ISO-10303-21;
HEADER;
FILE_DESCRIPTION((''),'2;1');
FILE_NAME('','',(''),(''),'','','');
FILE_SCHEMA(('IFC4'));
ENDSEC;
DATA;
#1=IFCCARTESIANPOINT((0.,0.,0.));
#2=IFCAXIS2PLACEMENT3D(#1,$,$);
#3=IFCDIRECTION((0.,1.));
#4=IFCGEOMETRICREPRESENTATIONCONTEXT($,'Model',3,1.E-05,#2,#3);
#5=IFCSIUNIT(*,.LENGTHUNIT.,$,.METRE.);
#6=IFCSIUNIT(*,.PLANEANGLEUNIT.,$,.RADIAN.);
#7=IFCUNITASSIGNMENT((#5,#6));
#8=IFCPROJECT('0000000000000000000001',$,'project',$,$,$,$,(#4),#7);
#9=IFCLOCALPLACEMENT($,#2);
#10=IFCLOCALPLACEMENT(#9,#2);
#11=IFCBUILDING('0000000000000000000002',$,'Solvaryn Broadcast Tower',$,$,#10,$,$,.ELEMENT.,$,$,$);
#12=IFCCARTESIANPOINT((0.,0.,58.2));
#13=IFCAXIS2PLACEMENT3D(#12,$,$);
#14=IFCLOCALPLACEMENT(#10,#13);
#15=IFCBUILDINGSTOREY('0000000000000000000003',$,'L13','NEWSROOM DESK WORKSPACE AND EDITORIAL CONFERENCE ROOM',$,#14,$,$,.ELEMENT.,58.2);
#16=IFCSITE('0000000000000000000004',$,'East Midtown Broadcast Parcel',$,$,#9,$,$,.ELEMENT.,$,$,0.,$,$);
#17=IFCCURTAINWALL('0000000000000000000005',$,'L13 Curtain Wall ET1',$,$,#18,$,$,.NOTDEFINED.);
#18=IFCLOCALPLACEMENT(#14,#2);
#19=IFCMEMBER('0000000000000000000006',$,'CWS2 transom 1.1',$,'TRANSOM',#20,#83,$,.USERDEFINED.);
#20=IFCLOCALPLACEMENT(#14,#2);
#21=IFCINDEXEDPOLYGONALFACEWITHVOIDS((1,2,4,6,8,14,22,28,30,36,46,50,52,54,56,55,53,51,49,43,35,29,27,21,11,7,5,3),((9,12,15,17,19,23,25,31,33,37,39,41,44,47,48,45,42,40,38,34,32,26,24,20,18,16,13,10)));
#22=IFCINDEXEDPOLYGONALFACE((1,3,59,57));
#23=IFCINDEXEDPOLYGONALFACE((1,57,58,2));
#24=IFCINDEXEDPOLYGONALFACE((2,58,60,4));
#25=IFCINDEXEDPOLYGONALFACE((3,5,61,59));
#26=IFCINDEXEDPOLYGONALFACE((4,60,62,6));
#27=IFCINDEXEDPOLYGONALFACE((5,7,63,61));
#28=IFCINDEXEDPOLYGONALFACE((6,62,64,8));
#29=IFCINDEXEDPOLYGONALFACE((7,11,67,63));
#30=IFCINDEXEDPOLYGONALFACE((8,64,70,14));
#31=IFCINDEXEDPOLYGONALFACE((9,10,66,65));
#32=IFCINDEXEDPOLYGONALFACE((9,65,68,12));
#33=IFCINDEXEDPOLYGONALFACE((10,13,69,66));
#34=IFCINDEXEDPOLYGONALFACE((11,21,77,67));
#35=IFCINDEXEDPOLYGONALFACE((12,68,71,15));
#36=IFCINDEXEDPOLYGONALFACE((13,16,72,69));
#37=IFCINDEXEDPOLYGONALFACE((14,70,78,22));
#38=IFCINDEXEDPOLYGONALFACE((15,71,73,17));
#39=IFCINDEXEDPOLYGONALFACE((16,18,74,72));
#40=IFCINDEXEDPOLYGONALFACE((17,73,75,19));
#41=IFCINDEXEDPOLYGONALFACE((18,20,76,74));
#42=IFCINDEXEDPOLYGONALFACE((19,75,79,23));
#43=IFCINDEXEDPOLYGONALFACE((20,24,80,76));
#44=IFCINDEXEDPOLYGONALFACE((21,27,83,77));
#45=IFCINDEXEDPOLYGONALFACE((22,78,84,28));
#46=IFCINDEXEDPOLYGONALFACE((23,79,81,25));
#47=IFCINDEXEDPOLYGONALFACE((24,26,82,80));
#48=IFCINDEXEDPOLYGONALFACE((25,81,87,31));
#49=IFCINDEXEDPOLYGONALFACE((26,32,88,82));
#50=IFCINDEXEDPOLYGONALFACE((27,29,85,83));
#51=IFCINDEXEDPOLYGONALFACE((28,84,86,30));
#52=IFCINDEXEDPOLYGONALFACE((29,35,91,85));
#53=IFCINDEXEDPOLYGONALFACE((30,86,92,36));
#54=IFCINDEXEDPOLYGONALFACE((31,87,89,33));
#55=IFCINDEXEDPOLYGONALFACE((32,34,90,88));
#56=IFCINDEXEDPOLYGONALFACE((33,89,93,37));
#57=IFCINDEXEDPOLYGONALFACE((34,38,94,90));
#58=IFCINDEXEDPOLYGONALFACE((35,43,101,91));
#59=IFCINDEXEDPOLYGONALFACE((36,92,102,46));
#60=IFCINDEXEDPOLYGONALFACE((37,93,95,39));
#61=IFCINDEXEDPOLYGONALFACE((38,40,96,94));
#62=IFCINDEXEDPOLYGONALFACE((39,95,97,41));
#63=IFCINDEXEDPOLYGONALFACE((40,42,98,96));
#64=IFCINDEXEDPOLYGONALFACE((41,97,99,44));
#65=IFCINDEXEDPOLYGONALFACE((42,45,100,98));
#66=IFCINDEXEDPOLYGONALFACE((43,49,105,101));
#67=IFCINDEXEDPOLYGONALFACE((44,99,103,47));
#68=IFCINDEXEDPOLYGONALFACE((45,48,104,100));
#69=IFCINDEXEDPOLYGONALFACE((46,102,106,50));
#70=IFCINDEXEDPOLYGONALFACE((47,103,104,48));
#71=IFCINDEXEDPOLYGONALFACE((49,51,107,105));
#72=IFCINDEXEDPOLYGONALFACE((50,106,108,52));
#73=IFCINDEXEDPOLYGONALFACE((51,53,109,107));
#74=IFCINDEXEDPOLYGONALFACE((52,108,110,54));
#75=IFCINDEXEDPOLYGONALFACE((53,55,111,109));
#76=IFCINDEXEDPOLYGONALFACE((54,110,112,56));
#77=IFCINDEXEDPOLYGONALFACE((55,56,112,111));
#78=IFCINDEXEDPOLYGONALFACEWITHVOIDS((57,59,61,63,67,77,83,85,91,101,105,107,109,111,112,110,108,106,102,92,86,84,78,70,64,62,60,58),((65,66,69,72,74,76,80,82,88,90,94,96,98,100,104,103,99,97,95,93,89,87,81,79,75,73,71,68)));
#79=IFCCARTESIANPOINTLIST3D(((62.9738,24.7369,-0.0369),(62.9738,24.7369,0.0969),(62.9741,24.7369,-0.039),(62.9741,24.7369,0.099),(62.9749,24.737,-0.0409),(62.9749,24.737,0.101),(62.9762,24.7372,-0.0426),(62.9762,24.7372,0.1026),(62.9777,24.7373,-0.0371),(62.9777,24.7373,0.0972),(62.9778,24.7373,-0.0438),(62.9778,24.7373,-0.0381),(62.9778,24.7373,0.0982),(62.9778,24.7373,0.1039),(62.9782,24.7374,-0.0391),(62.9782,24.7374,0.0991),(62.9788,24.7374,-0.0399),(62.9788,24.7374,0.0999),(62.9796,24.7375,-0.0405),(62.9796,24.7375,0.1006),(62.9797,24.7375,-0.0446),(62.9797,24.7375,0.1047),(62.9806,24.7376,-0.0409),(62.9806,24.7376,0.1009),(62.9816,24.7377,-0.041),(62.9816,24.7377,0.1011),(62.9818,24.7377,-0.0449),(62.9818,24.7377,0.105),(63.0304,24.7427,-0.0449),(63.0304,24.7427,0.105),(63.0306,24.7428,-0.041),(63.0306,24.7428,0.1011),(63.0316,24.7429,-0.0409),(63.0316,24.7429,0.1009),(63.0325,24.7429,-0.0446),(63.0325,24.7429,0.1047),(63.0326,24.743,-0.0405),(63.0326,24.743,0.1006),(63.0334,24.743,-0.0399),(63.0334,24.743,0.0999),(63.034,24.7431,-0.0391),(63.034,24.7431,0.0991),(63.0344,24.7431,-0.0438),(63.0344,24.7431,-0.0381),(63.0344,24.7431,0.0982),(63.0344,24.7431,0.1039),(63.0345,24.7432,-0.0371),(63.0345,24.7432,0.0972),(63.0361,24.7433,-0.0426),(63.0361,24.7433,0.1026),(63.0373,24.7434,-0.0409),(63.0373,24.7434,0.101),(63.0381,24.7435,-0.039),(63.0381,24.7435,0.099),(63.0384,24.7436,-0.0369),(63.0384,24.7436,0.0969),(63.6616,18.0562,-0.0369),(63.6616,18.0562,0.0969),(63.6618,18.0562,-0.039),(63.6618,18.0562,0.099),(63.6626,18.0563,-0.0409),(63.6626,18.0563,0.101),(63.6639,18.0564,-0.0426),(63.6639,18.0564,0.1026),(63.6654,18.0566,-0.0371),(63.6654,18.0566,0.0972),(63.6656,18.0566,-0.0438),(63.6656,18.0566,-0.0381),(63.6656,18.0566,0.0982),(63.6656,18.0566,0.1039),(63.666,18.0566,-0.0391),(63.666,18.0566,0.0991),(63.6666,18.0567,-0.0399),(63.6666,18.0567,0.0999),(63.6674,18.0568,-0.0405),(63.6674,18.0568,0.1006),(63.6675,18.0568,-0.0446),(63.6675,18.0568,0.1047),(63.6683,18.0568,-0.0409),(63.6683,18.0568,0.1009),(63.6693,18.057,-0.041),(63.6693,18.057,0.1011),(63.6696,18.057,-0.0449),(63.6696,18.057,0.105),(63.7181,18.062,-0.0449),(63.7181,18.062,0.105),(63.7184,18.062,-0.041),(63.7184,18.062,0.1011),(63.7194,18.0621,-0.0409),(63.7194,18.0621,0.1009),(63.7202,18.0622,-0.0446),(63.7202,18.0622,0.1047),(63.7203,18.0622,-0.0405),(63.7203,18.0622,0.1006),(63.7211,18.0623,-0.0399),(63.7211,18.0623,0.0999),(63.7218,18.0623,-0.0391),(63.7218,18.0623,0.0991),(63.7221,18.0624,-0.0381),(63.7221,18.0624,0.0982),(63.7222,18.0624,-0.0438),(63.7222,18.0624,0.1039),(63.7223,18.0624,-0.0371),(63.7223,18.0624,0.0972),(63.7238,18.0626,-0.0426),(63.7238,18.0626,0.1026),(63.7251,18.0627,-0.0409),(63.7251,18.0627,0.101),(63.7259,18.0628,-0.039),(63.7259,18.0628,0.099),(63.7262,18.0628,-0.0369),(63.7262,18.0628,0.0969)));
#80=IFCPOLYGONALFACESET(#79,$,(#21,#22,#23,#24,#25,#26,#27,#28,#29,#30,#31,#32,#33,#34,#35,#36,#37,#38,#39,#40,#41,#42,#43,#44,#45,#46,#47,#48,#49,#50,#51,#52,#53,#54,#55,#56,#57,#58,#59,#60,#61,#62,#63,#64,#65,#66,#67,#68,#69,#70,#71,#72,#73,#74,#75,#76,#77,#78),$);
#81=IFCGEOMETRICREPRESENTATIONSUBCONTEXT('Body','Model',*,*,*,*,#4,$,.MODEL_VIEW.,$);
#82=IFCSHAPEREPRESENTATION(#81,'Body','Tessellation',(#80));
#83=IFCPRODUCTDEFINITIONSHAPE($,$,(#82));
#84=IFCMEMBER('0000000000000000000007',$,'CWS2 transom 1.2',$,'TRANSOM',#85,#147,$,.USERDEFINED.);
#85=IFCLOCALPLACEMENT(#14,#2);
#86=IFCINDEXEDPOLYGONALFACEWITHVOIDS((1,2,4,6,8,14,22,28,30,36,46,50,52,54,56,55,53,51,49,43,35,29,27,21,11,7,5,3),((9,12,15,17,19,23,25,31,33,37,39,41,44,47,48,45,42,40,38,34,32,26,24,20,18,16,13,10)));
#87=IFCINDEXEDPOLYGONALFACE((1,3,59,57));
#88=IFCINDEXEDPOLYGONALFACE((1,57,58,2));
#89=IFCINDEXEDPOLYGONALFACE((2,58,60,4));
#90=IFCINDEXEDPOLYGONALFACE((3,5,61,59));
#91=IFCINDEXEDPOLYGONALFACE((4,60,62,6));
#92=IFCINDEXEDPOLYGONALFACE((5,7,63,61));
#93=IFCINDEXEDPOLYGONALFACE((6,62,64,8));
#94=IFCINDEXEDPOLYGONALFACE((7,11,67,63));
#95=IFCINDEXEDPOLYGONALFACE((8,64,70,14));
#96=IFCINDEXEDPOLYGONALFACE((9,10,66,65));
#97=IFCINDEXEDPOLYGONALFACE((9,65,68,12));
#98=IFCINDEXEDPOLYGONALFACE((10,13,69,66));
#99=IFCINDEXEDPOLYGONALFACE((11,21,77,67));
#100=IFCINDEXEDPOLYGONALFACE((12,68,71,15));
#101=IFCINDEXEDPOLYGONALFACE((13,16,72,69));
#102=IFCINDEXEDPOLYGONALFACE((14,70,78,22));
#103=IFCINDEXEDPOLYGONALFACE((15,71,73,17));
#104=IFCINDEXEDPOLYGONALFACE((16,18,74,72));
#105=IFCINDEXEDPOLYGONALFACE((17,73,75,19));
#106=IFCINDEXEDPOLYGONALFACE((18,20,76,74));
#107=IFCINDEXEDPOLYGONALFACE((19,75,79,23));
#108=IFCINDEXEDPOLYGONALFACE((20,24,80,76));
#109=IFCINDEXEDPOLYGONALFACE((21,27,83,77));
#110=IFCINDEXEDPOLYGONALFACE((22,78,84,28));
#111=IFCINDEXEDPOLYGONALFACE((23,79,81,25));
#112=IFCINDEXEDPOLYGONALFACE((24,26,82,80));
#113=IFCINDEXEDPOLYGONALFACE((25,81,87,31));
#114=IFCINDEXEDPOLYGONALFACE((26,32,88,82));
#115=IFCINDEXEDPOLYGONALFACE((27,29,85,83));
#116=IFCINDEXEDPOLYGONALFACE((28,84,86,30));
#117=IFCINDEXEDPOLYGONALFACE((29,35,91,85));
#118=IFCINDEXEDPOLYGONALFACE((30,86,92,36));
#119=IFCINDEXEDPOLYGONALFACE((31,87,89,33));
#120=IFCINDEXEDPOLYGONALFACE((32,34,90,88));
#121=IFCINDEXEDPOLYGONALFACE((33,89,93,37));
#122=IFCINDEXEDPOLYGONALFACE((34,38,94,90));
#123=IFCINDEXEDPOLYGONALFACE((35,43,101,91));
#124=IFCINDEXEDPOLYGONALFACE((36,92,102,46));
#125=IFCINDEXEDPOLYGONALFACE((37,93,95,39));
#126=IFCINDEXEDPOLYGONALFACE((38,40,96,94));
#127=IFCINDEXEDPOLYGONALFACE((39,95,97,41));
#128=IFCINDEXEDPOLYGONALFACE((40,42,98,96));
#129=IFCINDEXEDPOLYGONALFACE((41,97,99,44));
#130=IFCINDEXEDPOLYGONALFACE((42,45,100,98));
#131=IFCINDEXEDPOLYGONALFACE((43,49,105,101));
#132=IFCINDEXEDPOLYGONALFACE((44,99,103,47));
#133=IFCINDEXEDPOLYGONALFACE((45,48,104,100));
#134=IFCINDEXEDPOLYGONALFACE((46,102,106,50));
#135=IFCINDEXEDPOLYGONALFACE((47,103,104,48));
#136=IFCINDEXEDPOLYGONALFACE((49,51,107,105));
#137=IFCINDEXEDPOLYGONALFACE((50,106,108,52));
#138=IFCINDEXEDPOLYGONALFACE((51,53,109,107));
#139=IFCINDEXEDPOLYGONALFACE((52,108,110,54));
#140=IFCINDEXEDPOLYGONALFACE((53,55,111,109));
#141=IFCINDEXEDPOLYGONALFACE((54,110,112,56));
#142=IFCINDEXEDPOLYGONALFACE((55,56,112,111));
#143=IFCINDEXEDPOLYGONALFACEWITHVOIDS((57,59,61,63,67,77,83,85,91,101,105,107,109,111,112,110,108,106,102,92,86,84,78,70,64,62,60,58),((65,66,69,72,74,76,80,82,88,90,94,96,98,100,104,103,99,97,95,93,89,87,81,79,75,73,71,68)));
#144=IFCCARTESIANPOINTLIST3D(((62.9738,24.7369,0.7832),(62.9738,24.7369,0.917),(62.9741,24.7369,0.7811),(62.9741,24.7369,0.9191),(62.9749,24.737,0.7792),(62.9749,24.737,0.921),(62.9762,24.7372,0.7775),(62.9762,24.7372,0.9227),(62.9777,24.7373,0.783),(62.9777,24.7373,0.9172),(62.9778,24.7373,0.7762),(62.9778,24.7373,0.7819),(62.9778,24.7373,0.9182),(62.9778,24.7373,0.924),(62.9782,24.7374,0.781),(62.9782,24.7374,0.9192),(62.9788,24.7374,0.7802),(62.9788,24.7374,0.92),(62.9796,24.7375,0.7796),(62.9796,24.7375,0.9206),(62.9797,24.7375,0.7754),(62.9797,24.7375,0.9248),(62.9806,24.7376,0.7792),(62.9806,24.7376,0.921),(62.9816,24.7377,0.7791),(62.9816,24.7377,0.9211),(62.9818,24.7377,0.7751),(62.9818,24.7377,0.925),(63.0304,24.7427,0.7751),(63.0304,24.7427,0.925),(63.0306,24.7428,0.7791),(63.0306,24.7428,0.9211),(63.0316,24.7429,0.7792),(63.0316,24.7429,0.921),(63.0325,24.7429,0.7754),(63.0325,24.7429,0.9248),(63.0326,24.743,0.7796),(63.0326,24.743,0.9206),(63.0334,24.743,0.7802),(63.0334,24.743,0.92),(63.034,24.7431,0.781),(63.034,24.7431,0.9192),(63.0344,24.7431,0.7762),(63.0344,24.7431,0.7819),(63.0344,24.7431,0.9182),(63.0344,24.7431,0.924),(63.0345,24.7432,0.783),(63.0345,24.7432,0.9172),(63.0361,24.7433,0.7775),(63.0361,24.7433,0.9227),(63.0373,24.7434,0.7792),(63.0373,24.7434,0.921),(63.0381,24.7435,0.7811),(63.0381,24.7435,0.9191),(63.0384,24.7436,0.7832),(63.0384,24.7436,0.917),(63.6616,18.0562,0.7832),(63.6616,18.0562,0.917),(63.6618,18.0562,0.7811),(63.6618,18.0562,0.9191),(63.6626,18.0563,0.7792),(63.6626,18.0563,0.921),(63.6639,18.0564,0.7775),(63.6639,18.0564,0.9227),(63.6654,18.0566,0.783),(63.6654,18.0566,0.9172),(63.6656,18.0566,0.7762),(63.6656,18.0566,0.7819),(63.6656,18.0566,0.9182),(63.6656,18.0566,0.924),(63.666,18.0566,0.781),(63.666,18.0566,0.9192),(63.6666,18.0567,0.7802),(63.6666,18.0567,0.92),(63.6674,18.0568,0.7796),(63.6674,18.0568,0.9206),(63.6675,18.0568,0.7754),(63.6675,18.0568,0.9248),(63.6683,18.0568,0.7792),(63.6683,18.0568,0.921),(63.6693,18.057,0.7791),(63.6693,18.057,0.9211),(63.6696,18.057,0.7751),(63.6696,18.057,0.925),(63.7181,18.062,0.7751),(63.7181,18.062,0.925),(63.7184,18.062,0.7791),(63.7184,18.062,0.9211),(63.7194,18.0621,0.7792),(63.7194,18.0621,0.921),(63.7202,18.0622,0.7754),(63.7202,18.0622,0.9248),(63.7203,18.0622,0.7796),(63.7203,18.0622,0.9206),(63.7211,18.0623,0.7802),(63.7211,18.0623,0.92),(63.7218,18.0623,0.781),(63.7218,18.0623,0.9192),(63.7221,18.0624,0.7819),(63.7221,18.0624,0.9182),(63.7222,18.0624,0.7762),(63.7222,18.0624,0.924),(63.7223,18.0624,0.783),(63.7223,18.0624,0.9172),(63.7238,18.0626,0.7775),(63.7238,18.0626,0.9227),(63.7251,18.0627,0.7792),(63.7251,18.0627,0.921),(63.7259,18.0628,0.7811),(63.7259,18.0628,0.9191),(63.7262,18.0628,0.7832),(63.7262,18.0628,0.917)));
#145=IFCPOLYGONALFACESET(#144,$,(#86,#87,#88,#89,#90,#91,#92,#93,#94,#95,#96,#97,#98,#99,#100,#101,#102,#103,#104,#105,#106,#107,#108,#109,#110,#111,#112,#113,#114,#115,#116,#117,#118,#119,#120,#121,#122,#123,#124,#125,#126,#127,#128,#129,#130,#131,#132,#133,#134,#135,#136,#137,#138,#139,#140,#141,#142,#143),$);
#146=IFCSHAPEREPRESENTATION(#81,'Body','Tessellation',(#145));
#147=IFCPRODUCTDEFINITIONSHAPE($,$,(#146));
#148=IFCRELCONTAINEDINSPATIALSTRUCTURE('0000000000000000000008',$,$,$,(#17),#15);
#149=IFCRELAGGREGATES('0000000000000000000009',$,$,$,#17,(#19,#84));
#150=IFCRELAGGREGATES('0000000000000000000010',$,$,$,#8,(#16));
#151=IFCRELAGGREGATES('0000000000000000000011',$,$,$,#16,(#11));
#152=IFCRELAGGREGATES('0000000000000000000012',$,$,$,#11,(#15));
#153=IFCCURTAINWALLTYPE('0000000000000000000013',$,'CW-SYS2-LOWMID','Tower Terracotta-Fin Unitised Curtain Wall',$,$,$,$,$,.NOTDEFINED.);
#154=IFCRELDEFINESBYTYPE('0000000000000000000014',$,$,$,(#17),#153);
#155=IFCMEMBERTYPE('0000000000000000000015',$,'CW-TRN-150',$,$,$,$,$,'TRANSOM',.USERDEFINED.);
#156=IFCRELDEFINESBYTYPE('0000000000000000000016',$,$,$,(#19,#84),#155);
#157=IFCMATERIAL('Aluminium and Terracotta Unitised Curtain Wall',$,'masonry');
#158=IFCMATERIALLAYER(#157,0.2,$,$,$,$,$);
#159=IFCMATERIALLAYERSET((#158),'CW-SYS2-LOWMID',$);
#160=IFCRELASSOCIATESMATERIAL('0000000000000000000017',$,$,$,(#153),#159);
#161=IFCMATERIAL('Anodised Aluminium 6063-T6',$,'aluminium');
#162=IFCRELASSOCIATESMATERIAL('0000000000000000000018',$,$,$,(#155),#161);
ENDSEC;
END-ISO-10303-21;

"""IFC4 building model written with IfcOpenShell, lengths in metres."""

from ifc_helpers import new_model, si_unit, direction, frame, origin, origin_2d, place, context, subcontext, project, spatial, hollow_rectangle, extrude, material, layer, layer_set, material_profile, profile_set, type_object, element, aggregate, save


model = new_model("IFC4")

# Units and contexts
model_context = context("Model", 3, precision=1e-05, world=origin(), true_north=direction((0.0, 1.0)))
body_context = subcontext(model_context, "Body", "Model", "MODEL_VIEW")
ifc_project = project(units=[si_unit("LENGTHUNIT", "METRE"), si_unit("PLANEANGLEUNIT", "RADIAN")], contexts=[model_context])

# Site, building, storey
site_placement = place(None, origin())
site = spatial("IfcSite", under=ifc_project, at=site_placement, Name="East Midtown Broadcast Parcel", CompositionType="ELEMENT", RefElevation=0.0)
building_placement = place(site_placement, origin())
building = spatial("IfcBuilding", under=site, at=building_placement, Name="Solvaryn Broadcast Tower", CompositionType="ELEMENT")
storey_placement = place(building_placement, frame((0.0, 0.0, 58.2)))
storey = spatial("IfcBuildingStorey", under=building, at=storey_placement, Name="L13", Description="NEWSROOM DESK WORKSPACE AND EDITORIAL CONFERENCE ROOM", CompositionType="ELEMENT", Elevation=58.2)

# Curtain wall
ifc_material_1 = material(Name="Aluminium and Terracotta Unitised Curtain Wall", Category="masonry")
ifc_layer_1 = layer(ifc_material_1, 0.2)
ifc_layer_set_1 = layer_set([ifc_layer_1], Name="CW-SYS2-LOWMID")
curtain_wall_type = type_object("IfcCurtainWallType", Name="CW-SYS2-LOWMID", Description="Tower Terracotta-Fin Unitised Curtain Wall", PredefinedType="NOTDEFINED", material=ifc_layer_set_1)
curtain_wall_1_placement = place(storey_placement, origin())
curtain_wall_1 = element("IfcCurtainWall", 1, at=curtain_wall_1_placement, inside=storey, type_object=curtain_wall_type, Name="L13 Curtain Wall ET1", PredefinedType="NOTDEFINED")

# Members
ifc_material_2 = material(Name="Anodised Aluminium 6063-T6", Category="aluminium")
ifc_material_profile_1 = material_profile(ifc_material_2, hollow_rectangle(XDim=0.0649, YDim=0.1499, WallThickness=0.0039, InnerFilletRadius=0.0039, OuterFilletRadius=0.0081, at=origin_2d()))
ifc_profile_set_1 = profile_set([ifc_material_profile_1], Name="Anodised Aluminium 6063-T6")
member_type_1 = type_object("IfcMemberType", Name="CW-TRN-150", ElementType="TRANSOM", PredefinedType="USERDEFINED", material=ifc_profile_set_1)
member_1_placement = place(storey_placement, frame((63.0061, 24.7402, 0.03), z_axis=(0.102404, -0.994743, 0.0), x_axis=(0.994743, 0.102404, 0.0)))
member_1 = element("IfcMember", 2, at=member_1_placement, type_object=member_type_1, Name="CWS2 transom 1.1", ObjectType="TRANSOM", PredefinedType="USERDEFINED", context=body_context, shape_type="SweptSolid", body=[
    extrude(hollow_rectangle(XDim=0.0649, YDim=0.1499, WallThickness=0.0039, InnerFilletRadius=0.0039, OuterFilletRadius=0.0081, at=origin_2d()), origin(), (0.0, 0.0, 1.0), 6.7161),
])
member_2_placement = place(storey_placement, frame((63.0061, 24.7402, 0.8501), z_axis=(0.102404, -0.994743, 0.0), x_axis=(0.994743, 0.102404, 0.0)))
member_2 = element("IfcMember", 3, at=member_2_placement, type_object=member_type_1, Name="CWS2 transom 1.2", ObjectType="TRANSOM", PredefinedType="USERDEFINED", context=body_context, shape_type="SweptSolid", body=[
    extrude(hollow_rectangle(XDim=0.0649, YDim=0.1499, WallThickness=0.0039, InnerFilletRadius=0.0039, OuterFilletRadius=0.0081, at=origin_2d()), origin(), (0.0, 0.0, 1.0), 6.7161),
])

aggregate(curtain_wall_1, [member_1, member_2])

save(model, "model.ifc")
